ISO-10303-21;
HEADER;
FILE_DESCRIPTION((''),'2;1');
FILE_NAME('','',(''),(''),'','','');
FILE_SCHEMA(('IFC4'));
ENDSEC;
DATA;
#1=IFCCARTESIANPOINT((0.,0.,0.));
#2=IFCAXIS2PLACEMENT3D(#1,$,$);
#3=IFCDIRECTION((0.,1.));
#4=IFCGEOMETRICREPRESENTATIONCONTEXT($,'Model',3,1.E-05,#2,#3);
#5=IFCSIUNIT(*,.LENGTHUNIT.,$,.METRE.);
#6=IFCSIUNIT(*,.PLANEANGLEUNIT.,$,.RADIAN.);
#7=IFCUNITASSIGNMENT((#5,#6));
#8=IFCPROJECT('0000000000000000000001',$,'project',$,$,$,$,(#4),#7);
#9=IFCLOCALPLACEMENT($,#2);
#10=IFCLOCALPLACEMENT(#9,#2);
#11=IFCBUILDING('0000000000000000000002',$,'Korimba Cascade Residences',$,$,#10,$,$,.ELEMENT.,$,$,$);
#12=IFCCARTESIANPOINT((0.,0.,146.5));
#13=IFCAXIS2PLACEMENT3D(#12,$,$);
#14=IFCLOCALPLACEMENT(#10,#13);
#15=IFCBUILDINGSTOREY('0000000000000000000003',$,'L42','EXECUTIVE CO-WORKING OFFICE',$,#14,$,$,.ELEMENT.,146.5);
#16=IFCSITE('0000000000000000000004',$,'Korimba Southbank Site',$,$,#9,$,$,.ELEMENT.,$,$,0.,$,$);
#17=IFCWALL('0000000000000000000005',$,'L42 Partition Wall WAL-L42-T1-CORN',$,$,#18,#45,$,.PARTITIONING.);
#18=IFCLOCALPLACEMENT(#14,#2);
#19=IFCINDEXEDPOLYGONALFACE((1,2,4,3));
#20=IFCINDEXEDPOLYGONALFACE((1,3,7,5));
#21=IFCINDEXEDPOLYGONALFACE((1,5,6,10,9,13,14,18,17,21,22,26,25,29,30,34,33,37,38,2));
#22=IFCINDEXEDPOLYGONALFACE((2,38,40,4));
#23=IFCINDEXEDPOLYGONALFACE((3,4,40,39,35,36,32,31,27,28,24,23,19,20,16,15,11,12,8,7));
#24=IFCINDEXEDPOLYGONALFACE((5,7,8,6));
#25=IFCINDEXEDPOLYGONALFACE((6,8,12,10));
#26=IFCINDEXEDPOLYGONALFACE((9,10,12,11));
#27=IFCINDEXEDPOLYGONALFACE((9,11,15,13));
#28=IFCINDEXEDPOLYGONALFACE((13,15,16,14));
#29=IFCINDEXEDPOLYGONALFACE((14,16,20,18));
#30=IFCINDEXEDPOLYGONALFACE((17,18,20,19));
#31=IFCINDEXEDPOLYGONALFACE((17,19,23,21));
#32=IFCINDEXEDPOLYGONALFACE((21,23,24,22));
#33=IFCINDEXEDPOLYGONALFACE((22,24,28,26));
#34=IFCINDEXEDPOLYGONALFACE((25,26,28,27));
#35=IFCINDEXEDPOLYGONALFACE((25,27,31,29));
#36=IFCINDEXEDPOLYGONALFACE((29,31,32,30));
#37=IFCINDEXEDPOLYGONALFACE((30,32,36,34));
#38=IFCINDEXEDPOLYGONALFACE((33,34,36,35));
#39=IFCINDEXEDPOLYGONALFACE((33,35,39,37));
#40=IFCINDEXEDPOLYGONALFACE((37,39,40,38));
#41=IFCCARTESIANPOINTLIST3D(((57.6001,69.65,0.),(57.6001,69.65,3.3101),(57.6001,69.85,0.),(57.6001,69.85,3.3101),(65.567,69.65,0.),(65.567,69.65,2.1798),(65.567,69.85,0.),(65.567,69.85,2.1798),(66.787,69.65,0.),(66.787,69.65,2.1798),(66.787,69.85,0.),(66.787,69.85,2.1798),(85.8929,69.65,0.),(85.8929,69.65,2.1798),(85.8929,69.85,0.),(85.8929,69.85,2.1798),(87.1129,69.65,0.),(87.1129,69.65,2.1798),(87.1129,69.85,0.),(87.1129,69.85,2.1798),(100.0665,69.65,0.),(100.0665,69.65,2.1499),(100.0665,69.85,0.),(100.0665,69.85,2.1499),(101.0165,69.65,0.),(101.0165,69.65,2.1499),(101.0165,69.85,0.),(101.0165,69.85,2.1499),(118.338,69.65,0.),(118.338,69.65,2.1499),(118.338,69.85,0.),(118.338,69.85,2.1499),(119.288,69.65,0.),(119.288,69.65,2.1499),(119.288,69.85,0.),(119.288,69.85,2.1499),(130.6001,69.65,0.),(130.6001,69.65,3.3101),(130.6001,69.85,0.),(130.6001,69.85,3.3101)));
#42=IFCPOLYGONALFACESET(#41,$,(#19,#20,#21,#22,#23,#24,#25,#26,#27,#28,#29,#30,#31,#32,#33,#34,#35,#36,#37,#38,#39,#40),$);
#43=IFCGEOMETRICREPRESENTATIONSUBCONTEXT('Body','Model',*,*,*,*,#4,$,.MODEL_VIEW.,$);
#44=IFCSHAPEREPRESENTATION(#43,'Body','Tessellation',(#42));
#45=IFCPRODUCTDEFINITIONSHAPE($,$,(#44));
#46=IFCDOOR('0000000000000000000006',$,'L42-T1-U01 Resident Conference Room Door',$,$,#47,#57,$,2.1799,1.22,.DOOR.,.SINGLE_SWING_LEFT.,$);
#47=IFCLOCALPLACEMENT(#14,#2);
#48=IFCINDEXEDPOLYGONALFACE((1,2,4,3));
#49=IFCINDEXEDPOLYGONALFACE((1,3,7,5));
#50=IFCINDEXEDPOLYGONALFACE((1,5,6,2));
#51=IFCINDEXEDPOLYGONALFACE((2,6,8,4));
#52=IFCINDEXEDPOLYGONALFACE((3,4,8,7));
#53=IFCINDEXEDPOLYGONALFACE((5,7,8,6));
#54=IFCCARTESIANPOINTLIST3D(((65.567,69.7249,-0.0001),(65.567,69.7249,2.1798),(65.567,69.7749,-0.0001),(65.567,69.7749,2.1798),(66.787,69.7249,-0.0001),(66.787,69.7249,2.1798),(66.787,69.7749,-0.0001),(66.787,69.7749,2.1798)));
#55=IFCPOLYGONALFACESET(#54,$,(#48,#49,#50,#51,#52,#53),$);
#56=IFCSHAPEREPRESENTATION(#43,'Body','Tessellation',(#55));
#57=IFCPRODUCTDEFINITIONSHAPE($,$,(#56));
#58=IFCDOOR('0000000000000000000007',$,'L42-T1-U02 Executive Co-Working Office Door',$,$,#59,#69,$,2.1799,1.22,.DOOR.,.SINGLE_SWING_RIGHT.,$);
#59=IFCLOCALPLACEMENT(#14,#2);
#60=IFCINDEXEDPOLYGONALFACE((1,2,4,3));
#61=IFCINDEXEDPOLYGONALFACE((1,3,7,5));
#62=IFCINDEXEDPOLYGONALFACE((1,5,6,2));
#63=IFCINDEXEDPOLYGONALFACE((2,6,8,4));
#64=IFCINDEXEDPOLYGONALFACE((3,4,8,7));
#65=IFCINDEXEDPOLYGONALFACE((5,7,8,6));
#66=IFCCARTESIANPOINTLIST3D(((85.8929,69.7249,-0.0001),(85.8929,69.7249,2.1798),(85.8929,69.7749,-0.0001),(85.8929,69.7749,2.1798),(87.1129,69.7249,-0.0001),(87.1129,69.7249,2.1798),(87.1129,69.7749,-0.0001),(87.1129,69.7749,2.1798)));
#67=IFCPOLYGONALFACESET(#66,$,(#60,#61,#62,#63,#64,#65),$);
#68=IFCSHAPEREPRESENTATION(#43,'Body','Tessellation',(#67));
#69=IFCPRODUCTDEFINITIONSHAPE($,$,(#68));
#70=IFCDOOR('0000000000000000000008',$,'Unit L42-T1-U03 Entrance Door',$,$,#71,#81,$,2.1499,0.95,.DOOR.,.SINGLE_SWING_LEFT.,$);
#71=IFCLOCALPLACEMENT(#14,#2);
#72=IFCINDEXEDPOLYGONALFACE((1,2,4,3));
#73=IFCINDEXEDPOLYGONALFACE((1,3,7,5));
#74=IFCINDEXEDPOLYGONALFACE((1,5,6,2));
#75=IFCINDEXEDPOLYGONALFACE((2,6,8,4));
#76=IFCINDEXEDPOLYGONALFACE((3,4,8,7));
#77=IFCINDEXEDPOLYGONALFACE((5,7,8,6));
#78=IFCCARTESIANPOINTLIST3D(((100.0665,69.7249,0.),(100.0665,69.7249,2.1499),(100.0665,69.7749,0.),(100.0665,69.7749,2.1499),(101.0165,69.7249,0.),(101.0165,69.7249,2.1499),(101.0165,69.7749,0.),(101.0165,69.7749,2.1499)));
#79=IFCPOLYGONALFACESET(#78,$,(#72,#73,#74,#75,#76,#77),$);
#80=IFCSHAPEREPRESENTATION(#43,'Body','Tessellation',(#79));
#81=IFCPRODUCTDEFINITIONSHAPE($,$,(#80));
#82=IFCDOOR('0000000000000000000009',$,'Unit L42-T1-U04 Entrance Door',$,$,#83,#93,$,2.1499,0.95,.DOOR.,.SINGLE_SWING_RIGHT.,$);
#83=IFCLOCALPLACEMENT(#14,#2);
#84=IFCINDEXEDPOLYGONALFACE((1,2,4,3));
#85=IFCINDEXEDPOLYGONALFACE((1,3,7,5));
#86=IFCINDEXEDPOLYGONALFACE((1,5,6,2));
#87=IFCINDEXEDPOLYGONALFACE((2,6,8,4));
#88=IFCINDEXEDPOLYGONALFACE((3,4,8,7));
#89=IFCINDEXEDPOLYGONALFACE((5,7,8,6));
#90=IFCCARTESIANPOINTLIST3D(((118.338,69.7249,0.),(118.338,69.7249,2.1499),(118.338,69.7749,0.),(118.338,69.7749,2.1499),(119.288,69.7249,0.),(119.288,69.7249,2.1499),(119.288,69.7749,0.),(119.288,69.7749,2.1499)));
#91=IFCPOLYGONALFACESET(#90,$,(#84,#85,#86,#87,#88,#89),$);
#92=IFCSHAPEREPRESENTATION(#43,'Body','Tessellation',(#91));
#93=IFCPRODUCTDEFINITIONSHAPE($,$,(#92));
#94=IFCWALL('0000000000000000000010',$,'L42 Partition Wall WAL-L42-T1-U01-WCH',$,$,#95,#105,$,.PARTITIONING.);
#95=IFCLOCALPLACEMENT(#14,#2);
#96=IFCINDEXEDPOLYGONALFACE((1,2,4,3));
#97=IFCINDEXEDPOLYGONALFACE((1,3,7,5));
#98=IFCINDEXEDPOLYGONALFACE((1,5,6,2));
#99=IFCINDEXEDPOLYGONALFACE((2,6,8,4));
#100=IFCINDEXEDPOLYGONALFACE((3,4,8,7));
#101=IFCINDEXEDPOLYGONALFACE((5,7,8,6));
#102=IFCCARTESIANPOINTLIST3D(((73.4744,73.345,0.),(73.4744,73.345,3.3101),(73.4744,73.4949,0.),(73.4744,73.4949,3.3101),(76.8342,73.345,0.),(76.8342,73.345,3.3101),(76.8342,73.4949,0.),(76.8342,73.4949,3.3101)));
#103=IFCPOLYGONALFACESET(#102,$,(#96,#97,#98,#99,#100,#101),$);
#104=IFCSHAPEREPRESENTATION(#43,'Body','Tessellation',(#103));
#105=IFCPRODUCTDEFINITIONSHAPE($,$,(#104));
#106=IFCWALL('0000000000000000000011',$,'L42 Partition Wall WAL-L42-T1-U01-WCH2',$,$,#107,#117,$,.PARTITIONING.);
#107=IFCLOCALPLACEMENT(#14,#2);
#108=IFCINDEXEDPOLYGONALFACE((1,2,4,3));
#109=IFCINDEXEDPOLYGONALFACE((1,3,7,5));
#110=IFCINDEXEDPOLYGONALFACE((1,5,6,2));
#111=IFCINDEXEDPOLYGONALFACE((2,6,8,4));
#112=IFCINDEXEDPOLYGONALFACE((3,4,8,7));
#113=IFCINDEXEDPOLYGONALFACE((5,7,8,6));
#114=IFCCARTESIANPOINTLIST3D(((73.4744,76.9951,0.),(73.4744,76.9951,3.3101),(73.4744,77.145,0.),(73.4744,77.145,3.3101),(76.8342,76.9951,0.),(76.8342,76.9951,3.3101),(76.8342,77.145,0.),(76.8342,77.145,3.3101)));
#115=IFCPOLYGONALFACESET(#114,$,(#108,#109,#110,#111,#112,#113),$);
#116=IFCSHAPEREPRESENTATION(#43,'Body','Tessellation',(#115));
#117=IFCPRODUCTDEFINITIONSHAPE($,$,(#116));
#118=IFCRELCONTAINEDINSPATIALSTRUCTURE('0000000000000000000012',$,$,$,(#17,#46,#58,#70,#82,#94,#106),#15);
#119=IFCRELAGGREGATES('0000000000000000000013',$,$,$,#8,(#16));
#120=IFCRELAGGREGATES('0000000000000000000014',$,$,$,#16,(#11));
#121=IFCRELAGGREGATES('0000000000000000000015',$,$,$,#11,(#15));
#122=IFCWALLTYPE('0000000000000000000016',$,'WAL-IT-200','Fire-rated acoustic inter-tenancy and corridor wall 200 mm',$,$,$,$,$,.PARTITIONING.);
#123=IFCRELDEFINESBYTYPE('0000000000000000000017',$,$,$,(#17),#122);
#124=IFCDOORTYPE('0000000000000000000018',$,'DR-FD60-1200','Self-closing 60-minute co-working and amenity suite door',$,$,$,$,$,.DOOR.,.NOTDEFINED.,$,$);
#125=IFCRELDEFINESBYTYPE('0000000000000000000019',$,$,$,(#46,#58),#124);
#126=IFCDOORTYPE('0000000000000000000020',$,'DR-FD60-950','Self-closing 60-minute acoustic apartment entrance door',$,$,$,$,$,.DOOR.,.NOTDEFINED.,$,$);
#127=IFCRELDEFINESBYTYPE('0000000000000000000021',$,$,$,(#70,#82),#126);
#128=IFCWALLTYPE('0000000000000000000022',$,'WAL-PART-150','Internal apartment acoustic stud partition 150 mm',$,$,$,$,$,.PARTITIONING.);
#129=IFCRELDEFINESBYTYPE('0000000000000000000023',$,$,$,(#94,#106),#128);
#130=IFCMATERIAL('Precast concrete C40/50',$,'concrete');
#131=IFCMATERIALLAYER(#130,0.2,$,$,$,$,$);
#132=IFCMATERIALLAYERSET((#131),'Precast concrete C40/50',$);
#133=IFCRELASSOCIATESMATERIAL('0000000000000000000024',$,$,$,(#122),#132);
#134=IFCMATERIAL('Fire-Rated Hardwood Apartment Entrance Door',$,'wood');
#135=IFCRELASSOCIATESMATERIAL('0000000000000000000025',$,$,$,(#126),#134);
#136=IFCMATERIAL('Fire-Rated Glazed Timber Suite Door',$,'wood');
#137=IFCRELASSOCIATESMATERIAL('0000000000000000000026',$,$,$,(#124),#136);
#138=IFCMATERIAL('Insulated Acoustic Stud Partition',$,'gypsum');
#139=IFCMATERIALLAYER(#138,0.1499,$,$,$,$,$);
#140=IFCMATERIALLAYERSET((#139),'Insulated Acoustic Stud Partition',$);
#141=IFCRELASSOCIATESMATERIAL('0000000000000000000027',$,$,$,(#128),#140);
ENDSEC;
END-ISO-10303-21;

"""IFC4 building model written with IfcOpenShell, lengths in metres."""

from ifc_helpers import new_model, si_unit, direction, frame, frame_2d, origin, place, context, subcontext, project, spatial, rectangle, extrude, material, layer, layer_set, type_object, element, fill, save


model = new_model("IFC4")

# Units and contexts
model_context = context("Model", 3, precision=1e-05, world=origin(), true_north=direction((0.0, 1.0)))
body_context = subcontext(model_context, "Body", "Model", "MODEL_VIEW")
ifc_project = project(units=[si_unit("LENGTHUNIT", "METRE"), si_unit("PLANEANGLEUNIT", "RADIAN")], contexts=[model_context])

# Site, building, storey
site_placement = place(None, origin())
site = spatial("IfcSite", under=ifc_project, at=site_placement, Name="Korimba Southbank Site", CompositionType="ELEMENT", RefElevation=0.0)
building_placement = place(site_placement, origin())
building = spatial("IfcBuilding", under=site, at=building_placement, Name="Korimba Cascade Residences", CompositionType="ELEMENT")
storey_placement = place(building_placement, frame((0.0, 0.0, 146.5)))
storey = spatial("IfcBuildingStorey", under=building, at=storey_placement, Name="L42", Description="EXECUTIVE CO-WORKING OFFICE", CompositionType="ELEMENT", Elevation=146.5)

# Shared definitions
ifc_material_1 = material(Name="Precast concrete C40/50", Category="concrete")
ifc_layer_1 = layer(ifc_material_1, 0.2)
ifc_layer_set_1 = layer_set([ifc_layer_1], Name="Precast concrete C40/50")
wall_type_1 = type_object("IfcWallType", Name="WAL-IT-200", Description="Fire-rated acoustic inter-tenancy and corridor wall 200 mm", PredefinedType="PARTITIONING", material=ifc_layer_set_1)
ifc_material_2 = material(Name="Fire-Rated Hardwood Apartment Entrance Door", Category="wood")
door_type_1 = type_object("IfcDoorType", Name="DR-FD60-950", Description="Self-closing 60-minute acoustic apartment entrance door", OperationType="NOTDEFINED", PredefinedType="DOOR", material=ifc_material_2)

# Wall, openings, doors
wall_1_placement = place(storey_placement, frame((57.6001, 69.75, 0.0), z_axis=(0.0, 0.0, 1.0), x_axis=(1.0, 0.0, 0.0)))
wall_1 = element("IfcWall", 1, at=wall_1_placement, inside=storey, type_object=wall_type_1, Name="L42 Partition Wall WAL-L42-T1-CORN", PredefinedType="PARTITIONING", context=body_context, shape_type="SweptSolid", body=[
    extrude(rectangle(XDim=73.0, YDim=0.2, at=frame_2d((36.5, 0.0))), origin(), (0.0, 0.0, 1.0), 3.3101),
])
opening_1_placement = place(wall_1_placement, frame((7.967, 0.0, 0.0)))
opening_1 = element("IfcOpeningElement", 2, at=opening_1_placement, cuts=wall_1, PredefinedType="OPENING", context=body_context, shape_type="SweptSolid", body=[
    extrude(rectangle(XDim=1.22, YDim=2.1799, at=frame_2d((0.6099, 1.0898))), frame((0.0, 0.1099, 0.0), z_axis=(0.0, -1.0, 0.0), x_axis=(1.0, 0.0, 0.0)), (0.0, 0.0, 1.0), 0.22),
])
opening_2_placement = place(wall_1_placement, frame((28.293, 0.0, 0.0)))
opening_2 = element("IfcOpeningElement", 3, at=opening_2_placement, cuts=wall_1, PredefinedType="OPENING", context=body_context, shape_type="SweptSolid", body=[
    extrude(rectangle(XDim=1.22, YDim=2.1799, at=frame_2d((0.6099, 1.0898))), frame((0.0, 0.1099, 0.0), z_axis=(0.0, -1.0, 0.0), x_axis=(1.0, 0.0, 0.0)), (0.0, 0.0, 1.0), 0.22),
])
opening_3_placement = place(wall_1_placement, frame((42.4663, 0.0, 0.0)))
opening_3 = element("IfcOpeningElement", 4, at=opening_3_placement, cuts=wall_1, PredefinedType="OPENING", context=body_context, shape_type="SweptSolid", body=[
    extrude(rectangle(XDim=0.95, YDim=2.1499, at=frame_2d((0.4751, 1.075))), frame((0.0, 0.1099, 0.0), z_axis=(0.0, -1.0, 0.0), x_axis=(1.0, 0.0, 0.0)), (0.0, 0.0, 1.0), 0.22),
])
opening_4_placement = place(wall_1_placement, frame((60.7378, 0.0, 0.0)))
opening_4 = element("IfcOpeningElement", 5, at=opening_4_placement, cuts=wall_1, PredefinedType="OPENING", context=body_context, shape_type="SweptSolid", body=[
    extrude(rectangle(XDim=0.95, YDim=2.1499, at=frame_2d((0.4751, 1.075))), frame((0.0, 0.1099, 0.0), z_axis=(0.0, -1.0, 0.0), x_axis=(1.0, 0.0, 0.0)), (0.0, 0.0, 1.0), 0.22),
])
ifc_material_3 = material(Name="Fire-Rated Glazed Timber Suite Door", Category="wood")
door_type_2 = type_object("IfcDoorType", Name="DR-FD60-1200", Description="Self-closing 60-minute co-working and amenity suite door", OperationType="NOTDEFINED", PredefinedType="DOOR", material=ifc_material_3)
door_1_placement = place(opening_1_placement, origin())
door_1 = element("IfcDoor", 6, at=door_1_placement, inside=storey, type_object=door_type_2, Name="L42-T1-U01 Resident Conference Room Door", OperationType="SINGLE_SWING_LEFT", OverallHeight=2.1799, OverallWidth=1.22, PredefinedType="DOOR", context=body_context, shape_type="SweptSolid", body=[
    extrude(rectangle(XDim=1.22, YDim=2.1799, at=frame_2d((0.6099, 1.0898))), frame((0.0, 0.0249, 0.0), z_axis=(0.0, -1.0, 0.0), x_axis=(1.0, 0.0, 0.0)), (0.0, 0.0, 1.0), 0.05),
])
fill(opening_1, door_1)
door_2_placement = place(opening_2_placement, origin())
door_2 = element("IfcDoor", 7, at=door_2_placement, inside=storey, type_object=door_type_2, Name="L42-T1-U02 Executive Co-Working Office Door", OperationType="SINGLE_SWING_RIGHT", OverallHeight=2.1799, OverallWidth=1.22, PredefinedType="DOOR", context=body_context, shape_type="SweptSolid", body=[
    extrude(rectangle(XDim=1.22, YDim=2.1799, at=frame_2d((0.6099, 1.0898))), frame((0.0, 0.0249, 0.0), z_axis=(0.0, -1.0, 0.0), x_axis=(1.0, 0.0, 0.0)), (0.0, 0.0, 1.0), 0.05),
])
fill(opening_2, door_2)
door_3_placement = place(opening_3_placement, origin())
door_3 = element("IfcDoor", 8, at=door_3_placement, inside=storey, type_object=door_type_1, Name="Unit L42-T1-U03 Entrance Door", OperationType="SINGLE_SWING_LEFT", OverallHeight=2.1499, OverallWidth=0.95, PredefinedType="DOOR", context=body_context, shape_type="SweptSolid", body=[
    extrude(rectangle(XDim=0.95, YDim=2.1499, at=frame_2d((0.4751, 1.075))), frame((0.0, 0.0249, 0.0), z_axis=(0.0, -1.0, 0.0), x_axis=(1.0, 0.0, 0.0)), (0.0, 0.0, 1.0), 0.05),
])
fill(opening_3, door_3)
door_4_placement = place(opening_4_placement, origin())
door_4 = element("IfcDoor", 9, at=door_4_placement, inside=storey, type_object=door_type_1, Name="Unit L42-T1-U04 Entrance Door", OperationType="SINGLE_SWING_RIGHT", OverallHeight=2.1499, OverallWidth=0.95, PredefinedType="DOOR", context=body_context, shape_type="SweptSolid", body=[
    extrude(rectangle(XDim=0.95, YDim=2.1499, at=frame_2d((0.4751, 1.075))), frame((0.0, 0.0249, 0.0), z_axis=(0.0, -1.0, 0.0), x_axis=(1.0, 0.0, 0.0)), (0.0, 0.0, 1.0), 0.05),
])
fill(opening_4, door_4)

# Walls
ifc_material_4 = material(Name="Insulated Acoustic Stud Partition", Category="gypsum")
ifc_layer_2 = layer(ifc_material_4, 0.1499)
ifc_layer_set_2 = layer_set([ifc_layer_2], Name="Insulated Acoustic Stud Partition")
wall_type_2 = type_object("IfcWallType", Name="WAL-PART-150", Description="Internal apartment acoustic stud partition 150 mm", PredefinedType="PARTITIONING", material=ifc_layer_set_2)
for number, where, z_axis, x_axis, name in (
    (10, (73.4744, 73.4199, 0.0), (0.0, 0.0, 1.0), (1.0, 0.0, 0.0), "L42 Partition Wall WAL-L42-T1-U01-WCH"),
    (11, (73.4744, 77.0701, 0.0), (0.0, 0.0, 1.0), (1.0, 0.0, 0.0), "L42 Partition Wall WAL-L42-T1-U01-WCH2"),
):
    element("IfcWall", number, at=place(storey_placement, frame(where, z_axis=z_axis, x_axis=x_axis)), inside=storey, type_object=wall_type_2, Name=name, PredefinedType="PARTITIONING", context=body_context, shape_type="SweptSolid", body=[
        extrude(rectangle(XDim=3.3599, YDim=0.1499, at=frame_2d((1.6799, 0.0))), origin(), (0.0, 0.0, 1.0), 3.3101),
    ])

save(model, "model.ifc")
